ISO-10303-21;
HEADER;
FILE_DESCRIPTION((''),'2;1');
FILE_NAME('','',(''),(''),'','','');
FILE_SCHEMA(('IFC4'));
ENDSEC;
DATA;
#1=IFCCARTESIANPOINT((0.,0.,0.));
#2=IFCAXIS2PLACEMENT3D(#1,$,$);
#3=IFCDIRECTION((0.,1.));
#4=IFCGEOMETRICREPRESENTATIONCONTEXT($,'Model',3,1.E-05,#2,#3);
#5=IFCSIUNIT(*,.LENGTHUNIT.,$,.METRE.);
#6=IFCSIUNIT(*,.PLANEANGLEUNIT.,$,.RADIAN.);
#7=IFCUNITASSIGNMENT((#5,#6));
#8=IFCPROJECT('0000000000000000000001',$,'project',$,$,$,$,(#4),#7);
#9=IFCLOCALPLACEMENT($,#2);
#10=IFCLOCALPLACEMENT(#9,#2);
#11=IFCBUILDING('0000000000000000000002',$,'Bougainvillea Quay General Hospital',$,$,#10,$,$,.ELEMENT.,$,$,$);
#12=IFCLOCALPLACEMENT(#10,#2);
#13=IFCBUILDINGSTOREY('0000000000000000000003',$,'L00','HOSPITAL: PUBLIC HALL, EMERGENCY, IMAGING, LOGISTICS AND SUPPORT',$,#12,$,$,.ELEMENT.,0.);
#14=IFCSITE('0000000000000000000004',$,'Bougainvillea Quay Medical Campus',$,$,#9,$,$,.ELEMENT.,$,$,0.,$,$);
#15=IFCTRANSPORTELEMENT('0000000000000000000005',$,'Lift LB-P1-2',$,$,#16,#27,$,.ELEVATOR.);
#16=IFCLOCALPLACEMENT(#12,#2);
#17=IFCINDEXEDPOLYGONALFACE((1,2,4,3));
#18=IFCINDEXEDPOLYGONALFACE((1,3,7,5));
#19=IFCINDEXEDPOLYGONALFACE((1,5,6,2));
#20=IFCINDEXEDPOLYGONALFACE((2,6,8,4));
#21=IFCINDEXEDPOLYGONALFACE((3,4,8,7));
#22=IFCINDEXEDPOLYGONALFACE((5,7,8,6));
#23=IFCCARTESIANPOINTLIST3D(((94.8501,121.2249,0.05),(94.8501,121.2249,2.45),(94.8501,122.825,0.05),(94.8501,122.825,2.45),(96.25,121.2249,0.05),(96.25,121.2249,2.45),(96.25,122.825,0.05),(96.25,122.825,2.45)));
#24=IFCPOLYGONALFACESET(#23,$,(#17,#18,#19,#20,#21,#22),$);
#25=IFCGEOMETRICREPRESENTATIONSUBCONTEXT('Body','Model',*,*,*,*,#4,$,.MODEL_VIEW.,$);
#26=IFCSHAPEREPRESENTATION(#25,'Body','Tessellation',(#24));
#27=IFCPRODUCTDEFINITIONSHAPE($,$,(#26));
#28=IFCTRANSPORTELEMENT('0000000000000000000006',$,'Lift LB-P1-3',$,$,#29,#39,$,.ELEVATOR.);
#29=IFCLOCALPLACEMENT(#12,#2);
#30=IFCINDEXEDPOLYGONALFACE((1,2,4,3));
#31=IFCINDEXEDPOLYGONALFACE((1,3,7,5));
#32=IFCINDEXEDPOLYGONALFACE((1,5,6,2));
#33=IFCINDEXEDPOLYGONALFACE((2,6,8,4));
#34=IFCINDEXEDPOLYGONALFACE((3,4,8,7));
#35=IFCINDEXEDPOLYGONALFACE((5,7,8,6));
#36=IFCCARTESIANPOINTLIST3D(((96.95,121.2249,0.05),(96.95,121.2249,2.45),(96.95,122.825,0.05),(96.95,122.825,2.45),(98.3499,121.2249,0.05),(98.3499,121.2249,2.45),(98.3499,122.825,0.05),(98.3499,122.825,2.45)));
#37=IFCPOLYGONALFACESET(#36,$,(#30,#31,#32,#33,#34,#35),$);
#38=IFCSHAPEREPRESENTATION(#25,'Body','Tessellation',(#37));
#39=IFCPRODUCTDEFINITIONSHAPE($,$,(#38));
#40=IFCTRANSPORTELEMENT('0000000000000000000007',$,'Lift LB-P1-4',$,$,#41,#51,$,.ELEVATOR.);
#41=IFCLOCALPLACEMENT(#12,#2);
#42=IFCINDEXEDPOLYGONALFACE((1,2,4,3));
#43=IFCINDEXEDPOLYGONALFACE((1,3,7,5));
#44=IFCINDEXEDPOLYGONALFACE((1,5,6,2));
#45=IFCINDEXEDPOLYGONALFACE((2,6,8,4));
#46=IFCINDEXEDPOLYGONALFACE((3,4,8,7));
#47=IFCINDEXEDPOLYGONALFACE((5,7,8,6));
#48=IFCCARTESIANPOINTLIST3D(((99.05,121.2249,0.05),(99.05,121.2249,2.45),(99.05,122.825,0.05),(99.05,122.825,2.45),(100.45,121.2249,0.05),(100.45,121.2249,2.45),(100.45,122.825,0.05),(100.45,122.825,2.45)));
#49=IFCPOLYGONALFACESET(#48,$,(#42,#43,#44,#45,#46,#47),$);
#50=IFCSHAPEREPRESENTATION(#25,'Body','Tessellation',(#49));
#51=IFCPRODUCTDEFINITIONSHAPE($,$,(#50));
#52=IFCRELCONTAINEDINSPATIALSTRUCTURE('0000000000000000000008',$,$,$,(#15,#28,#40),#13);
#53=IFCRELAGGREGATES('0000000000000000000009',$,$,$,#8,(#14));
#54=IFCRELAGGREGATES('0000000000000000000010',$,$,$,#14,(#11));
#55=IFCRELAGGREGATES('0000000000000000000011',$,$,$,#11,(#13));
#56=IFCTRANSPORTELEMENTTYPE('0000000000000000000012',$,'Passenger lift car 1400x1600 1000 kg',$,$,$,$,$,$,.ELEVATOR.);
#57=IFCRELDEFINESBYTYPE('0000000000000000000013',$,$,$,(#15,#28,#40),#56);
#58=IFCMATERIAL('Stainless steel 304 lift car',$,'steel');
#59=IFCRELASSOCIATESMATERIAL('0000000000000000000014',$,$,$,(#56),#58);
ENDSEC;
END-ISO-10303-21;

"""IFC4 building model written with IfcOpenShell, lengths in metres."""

from ifc_helpers import new_model, si_unit, direction, frame, origin, origin_2d, place, context, subcontext, project, spatial, rectangle, extrude, material, type_object, element, save


model = new_model("IFC4")

# Units and contexts
model_context = context("Model", 3, precision=1e-05, world=origin(), true_north=direction((0.0, 1.0)))
body_context = subcontext(model_context, "Body", "Model", "MODEL_VIEW")
ifc_project = project(units=[si_unit("LENGTHUNIT", "METRE"), si_unit("PLANEANGLEUNIT", "RADIAN")], contexts=[model_context])

# Site, building, storey
site_placement = place(None, origin())
site = spatial("IfcSite", under=ifc_project, at=site_placement, Name="Bougainvillea Quay Medical Campus", CompositionType="ELEMENT", RefElevation=0.0)
building_placement = place(site_placement, origin())
building = spatial("IfcBuilding", under=site, at=building_placement, Name="Bougainvillea Quay General Hospital", CompositionType="ELEMENT")
storey_placement = place(building_placement, origin())
storey = spatial("IfcBuildingStorey", under=building, at=storey_placement, Name="L00", Description="HOSPITAL: PUBLIC HALL, EMERGENCY, IMAGING, LOGISTICS AND SUPPORT", CompositionType="ELEMENT", Elevation=0.0)

# Transport elements
ifc_material_1 = material(Name="Stainless steel 304 lift car", Category="steel")
transport_element_type = type_object("IfcTransportElementType", Name="Passenger lift car 1400x1600 1000 kg", PredefinedType="ELEVATOR", material=ifc_material_1)
for number, where, z_axis, x_axis, name in (
    (1, (95.55, 122.0249, 0.05), (0.0, 0.0, 1.0), (-1.0, 0.0, 0.0), "Lift LB-P1-2"),
    (2, (97.6499, 122.0249, 0.05), (0.0, 0.0, 1.0), (-1.0, 0.0, 0.0), "Lift LB-P1-3"),
    (3, (99.75, 122.0249, 0.05), (0.0, 0.0, 1.0), (-1.0, 0.0, 0.0), "Lift LB-P1-4"),
):
    element("IfcTransportElement", number, at=place(storey_placement, frame(where, z_axis=z_axis, x_axis=x_axis)), inside=storey, type_object=transport_element_type, Name=name, PredefinedType="ELEVATOR", context=body_context, shape_type="SweptSolid", body=[
        extrude(rectangle(XDim=1.3999, YDim=1.6001, at=origin_2d()), origin(), (0.0, 0.0, 1.0), 2.3999),
    ])

save(model, "model.ifc")
